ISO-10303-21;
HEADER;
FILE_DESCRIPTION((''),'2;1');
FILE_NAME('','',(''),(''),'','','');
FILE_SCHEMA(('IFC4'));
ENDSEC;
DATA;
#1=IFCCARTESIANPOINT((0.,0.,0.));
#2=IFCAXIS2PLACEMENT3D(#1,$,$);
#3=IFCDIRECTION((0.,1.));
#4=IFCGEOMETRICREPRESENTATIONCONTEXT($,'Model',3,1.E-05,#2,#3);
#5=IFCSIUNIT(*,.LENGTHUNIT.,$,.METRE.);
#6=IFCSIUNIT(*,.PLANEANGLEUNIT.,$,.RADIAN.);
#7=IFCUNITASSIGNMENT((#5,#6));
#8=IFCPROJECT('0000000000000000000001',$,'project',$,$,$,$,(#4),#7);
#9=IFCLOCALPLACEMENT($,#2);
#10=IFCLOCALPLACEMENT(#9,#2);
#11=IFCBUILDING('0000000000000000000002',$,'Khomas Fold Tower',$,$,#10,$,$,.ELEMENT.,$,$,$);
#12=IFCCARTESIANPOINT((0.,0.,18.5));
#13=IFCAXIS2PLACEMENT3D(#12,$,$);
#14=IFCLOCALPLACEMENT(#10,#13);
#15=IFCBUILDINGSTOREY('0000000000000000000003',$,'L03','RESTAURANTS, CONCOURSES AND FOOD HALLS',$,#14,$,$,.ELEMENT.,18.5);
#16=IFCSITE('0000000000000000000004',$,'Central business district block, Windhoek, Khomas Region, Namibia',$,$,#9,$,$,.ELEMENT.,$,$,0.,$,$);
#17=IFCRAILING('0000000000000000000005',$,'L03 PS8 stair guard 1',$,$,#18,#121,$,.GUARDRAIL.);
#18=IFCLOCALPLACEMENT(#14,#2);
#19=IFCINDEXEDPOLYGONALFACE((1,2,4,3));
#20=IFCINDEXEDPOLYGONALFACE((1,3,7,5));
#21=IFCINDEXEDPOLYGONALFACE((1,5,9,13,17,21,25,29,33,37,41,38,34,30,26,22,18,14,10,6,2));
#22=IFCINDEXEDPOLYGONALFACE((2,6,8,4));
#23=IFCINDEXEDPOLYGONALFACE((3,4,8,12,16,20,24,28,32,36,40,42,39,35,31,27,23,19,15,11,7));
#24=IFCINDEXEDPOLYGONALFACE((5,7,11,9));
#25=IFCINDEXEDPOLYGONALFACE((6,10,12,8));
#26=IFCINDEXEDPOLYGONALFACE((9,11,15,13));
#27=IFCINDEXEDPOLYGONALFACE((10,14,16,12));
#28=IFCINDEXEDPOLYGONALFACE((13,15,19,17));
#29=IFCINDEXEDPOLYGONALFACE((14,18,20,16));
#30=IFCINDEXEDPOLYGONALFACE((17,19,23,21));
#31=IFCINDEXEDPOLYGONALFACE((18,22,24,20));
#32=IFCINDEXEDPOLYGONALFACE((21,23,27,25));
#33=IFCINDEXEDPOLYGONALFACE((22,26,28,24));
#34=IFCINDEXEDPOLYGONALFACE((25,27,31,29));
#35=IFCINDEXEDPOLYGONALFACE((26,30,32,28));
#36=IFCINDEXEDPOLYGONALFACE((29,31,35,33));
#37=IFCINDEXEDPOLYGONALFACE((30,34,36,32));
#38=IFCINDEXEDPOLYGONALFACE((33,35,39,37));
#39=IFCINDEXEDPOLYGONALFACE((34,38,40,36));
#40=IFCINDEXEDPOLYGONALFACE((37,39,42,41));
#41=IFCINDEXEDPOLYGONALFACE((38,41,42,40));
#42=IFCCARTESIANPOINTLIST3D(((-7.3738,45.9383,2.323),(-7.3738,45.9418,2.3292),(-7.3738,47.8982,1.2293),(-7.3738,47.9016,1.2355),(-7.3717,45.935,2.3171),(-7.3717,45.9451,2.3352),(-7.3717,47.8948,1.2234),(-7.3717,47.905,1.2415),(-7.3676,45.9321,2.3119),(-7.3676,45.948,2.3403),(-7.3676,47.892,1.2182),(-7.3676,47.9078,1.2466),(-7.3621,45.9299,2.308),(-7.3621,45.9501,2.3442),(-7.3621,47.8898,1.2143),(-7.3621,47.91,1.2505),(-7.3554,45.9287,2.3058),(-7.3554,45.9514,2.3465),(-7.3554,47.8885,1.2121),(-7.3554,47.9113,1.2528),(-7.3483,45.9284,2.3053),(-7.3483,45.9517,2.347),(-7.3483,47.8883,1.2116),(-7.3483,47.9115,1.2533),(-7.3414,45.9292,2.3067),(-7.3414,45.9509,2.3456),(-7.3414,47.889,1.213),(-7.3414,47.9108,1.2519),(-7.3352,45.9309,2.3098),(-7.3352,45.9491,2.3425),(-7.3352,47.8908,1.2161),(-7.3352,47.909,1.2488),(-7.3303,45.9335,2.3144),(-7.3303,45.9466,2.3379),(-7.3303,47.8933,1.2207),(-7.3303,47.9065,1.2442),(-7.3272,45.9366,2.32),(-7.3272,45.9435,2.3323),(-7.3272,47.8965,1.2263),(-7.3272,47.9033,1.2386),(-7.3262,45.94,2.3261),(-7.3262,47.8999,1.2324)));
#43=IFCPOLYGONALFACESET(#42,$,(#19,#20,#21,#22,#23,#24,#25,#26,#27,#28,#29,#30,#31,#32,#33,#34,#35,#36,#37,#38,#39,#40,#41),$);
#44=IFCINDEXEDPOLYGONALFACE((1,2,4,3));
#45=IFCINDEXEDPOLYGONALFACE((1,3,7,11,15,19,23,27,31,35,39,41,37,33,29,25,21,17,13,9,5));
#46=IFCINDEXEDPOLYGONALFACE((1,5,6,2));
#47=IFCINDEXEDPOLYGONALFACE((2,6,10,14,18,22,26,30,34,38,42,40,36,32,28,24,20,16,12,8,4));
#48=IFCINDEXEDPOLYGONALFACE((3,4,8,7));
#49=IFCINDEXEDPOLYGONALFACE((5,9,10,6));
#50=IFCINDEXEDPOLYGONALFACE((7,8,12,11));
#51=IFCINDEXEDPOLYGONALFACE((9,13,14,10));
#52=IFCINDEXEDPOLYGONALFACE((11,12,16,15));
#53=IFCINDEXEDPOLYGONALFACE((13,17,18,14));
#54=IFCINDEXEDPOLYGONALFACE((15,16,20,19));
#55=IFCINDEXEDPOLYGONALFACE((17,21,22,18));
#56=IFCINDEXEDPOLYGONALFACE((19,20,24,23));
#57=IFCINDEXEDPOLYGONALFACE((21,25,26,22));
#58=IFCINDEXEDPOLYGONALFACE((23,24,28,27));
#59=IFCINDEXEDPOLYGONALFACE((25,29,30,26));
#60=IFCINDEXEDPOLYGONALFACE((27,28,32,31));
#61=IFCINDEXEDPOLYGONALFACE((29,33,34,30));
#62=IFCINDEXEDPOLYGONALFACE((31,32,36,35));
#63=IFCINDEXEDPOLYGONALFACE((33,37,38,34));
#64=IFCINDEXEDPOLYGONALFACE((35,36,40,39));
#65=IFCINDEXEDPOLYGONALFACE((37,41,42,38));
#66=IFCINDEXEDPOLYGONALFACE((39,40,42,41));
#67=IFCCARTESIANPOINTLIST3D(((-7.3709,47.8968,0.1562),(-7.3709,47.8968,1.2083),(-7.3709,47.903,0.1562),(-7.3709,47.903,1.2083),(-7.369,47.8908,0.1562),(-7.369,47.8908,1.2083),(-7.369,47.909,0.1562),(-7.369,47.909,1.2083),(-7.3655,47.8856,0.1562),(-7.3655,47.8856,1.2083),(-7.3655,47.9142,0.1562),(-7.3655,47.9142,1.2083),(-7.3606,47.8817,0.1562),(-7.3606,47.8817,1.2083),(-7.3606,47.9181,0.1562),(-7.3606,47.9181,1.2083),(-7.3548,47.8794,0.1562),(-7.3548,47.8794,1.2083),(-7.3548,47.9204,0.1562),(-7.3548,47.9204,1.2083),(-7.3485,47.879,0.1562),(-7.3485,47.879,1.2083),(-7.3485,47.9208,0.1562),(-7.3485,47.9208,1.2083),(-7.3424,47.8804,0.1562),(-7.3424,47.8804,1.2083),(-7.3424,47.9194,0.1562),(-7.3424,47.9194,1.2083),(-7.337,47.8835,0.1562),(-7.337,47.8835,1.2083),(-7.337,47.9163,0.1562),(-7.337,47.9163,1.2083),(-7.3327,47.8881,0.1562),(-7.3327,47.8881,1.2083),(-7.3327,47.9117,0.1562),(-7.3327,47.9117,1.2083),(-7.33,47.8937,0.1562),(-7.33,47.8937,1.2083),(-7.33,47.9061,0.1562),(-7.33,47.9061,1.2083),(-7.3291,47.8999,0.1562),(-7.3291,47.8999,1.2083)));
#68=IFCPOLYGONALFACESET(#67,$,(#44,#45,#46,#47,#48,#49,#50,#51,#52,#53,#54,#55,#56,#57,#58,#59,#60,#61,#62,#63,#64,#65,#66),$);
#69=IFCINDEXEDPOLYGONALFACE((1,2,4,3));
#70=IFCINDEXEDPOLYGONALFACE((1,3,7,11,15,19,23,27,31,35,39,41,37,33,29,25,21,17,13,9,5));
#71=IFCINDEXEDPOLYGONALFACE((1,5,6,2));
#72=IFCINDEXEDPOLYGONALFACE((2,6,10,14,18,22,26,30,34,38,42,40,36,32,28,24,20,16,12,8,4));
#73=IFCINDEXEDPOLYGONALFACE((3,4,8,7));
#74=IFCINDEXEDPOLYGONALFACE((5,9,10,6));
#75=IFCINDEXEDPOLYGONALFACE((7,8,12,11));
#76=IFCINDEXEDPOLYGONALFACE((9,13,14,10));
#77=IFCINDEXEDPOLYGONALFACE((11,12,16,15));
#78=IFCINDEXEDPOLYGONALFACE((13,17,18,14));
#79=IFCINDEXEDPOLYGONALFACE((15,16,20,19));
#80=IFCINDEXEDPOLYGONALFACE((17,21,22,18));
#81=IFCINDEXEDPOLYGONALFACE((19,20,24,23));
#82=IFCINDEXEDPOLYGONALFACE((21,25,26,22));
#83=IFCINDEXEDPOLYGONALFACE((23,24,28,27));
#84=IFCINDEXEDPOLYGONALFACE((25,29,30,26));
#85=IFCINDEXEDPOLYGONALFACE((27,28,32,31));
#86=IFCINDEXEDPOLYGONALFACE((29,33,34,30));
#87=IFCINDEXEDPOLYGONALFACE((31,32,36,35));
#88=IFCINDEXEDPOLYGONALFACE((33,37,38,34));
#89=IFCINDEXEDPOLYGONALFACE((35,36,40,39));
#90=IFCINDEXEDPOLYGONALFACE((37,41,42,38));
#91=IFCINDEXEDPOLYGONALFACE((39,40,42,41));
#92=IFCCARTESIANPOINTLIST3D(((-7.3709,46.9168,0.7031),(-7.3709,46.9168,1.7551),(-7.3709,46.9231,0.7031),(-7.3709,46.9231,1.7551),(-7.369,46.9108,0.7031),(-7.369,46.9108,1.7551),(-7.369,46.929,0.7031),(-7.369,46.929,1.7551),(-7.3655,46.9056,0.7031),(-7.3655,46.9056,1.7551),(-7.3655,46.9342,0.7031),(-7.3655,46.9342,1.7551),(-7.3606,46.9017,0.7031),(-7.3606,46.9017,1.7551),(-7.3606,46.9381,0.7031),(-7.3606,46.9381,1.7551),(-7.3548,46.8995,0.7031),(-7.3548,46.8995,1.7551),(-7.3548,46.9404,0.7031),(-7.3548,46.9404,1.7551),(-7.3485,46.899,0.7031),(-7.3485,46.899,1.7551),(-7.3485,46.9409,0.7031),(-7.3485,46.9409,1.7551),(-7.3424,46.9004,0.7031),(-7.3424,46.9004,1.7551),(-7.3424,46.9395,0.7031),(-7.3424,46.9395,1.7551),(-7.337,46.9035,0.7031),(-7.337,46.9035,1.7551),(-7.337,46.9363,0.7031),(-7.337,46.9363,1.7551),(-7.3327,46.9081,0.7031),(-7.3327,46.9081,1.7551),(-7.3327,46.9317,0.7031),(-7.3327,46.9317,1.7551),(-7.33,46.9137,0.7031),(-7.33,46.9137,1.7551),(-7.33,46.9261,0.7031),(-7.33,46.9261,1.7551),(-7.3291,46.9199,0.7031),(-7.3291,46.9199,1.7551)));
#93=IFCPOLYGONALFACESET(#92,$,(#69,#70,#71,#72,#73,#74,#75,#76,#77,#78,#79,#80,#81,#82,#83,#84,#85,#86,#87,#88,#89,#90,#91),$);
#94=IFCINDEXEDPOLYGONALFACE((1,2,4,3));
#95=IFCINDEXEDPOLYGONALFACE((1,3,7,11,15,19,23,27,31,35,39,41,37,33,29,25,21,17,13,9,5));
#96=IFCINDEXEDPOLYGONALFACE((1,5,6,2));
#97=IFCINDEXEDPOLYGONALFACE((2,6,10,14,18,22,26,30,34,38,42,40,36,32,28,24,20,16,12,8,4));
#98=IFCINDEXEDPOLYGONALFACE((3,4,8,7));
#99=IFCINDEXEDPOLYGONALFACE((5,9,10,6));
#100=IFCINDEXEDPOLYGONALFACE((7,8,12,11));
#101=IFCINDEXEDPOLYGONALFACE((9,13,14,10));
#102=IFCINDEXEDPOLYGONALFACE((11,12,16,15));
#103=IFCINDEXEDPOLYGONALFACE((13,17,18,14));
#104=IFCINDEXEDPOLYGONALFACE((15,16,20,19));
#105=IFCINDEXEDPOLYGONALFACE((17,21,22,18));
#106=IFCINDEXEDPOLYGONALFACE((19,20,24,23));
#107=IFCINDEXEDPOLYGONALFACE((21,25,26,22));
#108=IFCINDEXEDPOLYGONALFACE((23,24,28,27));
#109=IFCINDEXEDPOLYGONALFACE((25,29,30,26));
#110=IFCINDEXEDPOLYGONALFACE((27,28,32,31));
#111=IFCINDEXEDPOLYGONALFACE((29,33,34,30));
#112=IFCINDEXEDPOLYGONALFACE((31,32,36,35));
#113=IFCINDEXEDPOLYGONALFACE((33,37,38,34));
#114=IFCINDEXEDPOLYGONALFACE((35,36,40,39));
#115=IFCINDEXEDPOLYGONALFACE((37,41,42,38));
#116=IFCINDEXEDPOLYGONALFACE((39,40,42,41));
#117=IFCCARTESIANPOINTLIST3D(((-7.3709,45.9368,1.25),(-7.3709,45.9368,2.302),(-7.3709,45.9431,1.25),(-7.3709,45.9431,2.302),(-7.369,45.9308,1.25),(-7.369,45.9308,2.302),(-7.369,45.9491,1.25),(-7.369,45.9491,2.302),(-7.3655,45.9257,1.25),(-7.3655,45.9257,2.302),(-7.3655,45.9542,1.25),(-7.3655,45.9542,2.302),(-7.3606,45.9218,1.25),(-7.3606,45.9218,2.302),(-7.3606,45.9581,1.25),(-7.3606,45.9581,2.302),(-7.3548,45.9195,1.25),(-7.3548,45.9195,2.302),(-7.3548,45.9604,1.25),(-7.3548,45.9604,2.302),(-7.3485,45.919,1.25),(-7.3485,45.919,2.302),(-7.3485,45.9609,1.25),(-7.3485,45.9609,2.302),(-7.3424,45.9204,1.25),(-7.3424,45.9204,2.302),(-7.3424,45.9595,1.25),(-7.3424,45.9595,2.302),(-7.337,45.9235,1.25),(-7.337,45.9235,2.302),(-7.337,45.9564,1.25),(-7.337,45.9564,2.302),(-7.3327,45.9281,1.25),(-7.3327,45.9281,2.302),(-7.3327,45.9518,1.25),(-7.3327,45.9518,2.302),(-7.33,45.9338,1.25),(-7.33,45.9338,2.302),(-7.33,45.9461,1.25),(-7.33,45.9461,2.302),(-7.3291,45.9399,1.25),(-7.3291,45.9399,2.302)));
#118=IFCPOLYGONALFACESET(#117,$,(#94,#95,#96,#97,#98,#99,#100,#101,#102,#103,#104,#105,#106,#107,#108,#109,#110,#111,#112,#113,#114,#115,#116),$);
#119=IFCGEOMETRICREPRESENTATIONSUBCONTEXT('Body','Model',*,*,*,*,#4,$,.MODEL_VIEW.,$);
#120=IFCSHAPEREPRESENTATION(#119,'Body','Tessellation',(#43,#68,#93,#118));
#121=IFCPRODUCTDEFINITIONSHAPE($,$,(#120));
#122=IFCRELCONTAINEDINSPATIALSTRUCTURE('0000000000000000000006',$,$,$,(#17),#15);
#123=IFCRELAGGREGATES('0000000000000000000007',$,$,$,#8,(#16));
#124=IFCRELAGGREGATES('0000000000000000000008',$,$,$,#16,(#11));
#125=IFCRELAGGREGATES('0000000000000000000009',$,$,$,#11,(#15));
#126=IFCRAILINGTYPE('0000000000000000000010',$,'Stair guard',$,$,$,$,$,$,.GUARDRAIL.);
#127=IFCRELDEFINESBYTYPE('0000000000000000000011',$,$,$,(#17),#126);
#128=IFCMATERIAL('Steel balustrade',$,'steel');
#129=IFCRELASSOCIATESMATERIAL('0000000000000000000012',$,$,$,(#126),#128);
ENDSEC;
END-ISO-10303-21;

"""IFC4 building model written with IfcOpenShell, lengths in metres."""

from ifc_helpers import new_model, si_unit, direction, frame, origin, origin_2d, place, context, subcontext, project, spatial, circle, extrude, source, transform, mapped, material, type_object, element, save


model = new_model("IFC4")

# Units and contexts
model_context = context("Model", 3, precision=1e-05, world=origin(), true_north=direction((0.0, 1.0)))
body_context = subcontext(model_context, "Body", "Model", "MODEL_VIEW")
ifc_project = project(units=[si_unit("LENGTHUNIT", "METRE"), si_unit("PLANEANGLEUNIT", "RADIAN")], contexts=[model_context])

# Site, building, storey
site_placement = place(None, origin())
site = spatial("IfcSite", under=ifc_project, at=site_placement, Name="Central business district block, Windhoek, Khomas Region, Namibia", CompositionType="ELEMENT", RefElevation=0.0)
building_placement = place(site_placement, origin())
building = spatial("IfcBuilding", under=site, at=building_placement, Name="Khomas Fold Tower", CompositionType="ELEMENT")
storey_placement = place(building_placement, frame((0.0, 0.0, 18.5)))
storey = spatial("IfcBuildingStorey", under=building, at=storey_placement, Name="L03", Description="RESTAURANTS, CONCOURSES AND FOOD HALLS", CompositionType="ELEMENT", Elevation=18.5)

# Railing
ifc_material_1 = material(Name="Steel balustrade", Category="steel")
railing_type_1 = type_object("IfcRailingType", Name="Stair guard", PredefinedType="GUARDRAIL", material=ifc_material_1)
shared_shape_1 = source(origin(), body_context, "Body", "SweptSolid", [
    extrude(circle(Radius=0.0239, at=origin_2d()), frame((0.0, 0.0, 1.0762), z_axis=(0.0, -0.873232, 0.487304), x_axis=(1.0, 0.0, 0.0)), (0.0, 0.0, 1.0), 2.2444),
    extrude(circle(Radius=0.021, at=origin_2d()), origin(), (0.0, 0.0, 1.0), 1.052),
    extrude(circle(Radius=0.021, at=origin_2d()), frame((0.0, -0.98, 0.5469)), (0.0, 0.0, 1.0), 1.052),
    extrude(circle(Radius=0.021, at=origin_2d()), frame((0.0, -1.96, 1.0938)), (0.0, 0.0, 1.0), 1.052),
])
for number, where, name in (
    (1, (-7.3501, 47.8999, 0.1562), "L03 PS8 stair guard 1"),
):
    element("IfcRailing", number, at=place(storey_placement, frame(where)), inside=storey, type_object=railing_type_1, Name=name, PredefinedType="GUARDRAIL", context=body_context, shape_type="MappedRepresentation", body=[
        mapped(shared_shape_1, transform((0.0, 0.0, 0.0))),
    ])

save(model, "model.ifc")
